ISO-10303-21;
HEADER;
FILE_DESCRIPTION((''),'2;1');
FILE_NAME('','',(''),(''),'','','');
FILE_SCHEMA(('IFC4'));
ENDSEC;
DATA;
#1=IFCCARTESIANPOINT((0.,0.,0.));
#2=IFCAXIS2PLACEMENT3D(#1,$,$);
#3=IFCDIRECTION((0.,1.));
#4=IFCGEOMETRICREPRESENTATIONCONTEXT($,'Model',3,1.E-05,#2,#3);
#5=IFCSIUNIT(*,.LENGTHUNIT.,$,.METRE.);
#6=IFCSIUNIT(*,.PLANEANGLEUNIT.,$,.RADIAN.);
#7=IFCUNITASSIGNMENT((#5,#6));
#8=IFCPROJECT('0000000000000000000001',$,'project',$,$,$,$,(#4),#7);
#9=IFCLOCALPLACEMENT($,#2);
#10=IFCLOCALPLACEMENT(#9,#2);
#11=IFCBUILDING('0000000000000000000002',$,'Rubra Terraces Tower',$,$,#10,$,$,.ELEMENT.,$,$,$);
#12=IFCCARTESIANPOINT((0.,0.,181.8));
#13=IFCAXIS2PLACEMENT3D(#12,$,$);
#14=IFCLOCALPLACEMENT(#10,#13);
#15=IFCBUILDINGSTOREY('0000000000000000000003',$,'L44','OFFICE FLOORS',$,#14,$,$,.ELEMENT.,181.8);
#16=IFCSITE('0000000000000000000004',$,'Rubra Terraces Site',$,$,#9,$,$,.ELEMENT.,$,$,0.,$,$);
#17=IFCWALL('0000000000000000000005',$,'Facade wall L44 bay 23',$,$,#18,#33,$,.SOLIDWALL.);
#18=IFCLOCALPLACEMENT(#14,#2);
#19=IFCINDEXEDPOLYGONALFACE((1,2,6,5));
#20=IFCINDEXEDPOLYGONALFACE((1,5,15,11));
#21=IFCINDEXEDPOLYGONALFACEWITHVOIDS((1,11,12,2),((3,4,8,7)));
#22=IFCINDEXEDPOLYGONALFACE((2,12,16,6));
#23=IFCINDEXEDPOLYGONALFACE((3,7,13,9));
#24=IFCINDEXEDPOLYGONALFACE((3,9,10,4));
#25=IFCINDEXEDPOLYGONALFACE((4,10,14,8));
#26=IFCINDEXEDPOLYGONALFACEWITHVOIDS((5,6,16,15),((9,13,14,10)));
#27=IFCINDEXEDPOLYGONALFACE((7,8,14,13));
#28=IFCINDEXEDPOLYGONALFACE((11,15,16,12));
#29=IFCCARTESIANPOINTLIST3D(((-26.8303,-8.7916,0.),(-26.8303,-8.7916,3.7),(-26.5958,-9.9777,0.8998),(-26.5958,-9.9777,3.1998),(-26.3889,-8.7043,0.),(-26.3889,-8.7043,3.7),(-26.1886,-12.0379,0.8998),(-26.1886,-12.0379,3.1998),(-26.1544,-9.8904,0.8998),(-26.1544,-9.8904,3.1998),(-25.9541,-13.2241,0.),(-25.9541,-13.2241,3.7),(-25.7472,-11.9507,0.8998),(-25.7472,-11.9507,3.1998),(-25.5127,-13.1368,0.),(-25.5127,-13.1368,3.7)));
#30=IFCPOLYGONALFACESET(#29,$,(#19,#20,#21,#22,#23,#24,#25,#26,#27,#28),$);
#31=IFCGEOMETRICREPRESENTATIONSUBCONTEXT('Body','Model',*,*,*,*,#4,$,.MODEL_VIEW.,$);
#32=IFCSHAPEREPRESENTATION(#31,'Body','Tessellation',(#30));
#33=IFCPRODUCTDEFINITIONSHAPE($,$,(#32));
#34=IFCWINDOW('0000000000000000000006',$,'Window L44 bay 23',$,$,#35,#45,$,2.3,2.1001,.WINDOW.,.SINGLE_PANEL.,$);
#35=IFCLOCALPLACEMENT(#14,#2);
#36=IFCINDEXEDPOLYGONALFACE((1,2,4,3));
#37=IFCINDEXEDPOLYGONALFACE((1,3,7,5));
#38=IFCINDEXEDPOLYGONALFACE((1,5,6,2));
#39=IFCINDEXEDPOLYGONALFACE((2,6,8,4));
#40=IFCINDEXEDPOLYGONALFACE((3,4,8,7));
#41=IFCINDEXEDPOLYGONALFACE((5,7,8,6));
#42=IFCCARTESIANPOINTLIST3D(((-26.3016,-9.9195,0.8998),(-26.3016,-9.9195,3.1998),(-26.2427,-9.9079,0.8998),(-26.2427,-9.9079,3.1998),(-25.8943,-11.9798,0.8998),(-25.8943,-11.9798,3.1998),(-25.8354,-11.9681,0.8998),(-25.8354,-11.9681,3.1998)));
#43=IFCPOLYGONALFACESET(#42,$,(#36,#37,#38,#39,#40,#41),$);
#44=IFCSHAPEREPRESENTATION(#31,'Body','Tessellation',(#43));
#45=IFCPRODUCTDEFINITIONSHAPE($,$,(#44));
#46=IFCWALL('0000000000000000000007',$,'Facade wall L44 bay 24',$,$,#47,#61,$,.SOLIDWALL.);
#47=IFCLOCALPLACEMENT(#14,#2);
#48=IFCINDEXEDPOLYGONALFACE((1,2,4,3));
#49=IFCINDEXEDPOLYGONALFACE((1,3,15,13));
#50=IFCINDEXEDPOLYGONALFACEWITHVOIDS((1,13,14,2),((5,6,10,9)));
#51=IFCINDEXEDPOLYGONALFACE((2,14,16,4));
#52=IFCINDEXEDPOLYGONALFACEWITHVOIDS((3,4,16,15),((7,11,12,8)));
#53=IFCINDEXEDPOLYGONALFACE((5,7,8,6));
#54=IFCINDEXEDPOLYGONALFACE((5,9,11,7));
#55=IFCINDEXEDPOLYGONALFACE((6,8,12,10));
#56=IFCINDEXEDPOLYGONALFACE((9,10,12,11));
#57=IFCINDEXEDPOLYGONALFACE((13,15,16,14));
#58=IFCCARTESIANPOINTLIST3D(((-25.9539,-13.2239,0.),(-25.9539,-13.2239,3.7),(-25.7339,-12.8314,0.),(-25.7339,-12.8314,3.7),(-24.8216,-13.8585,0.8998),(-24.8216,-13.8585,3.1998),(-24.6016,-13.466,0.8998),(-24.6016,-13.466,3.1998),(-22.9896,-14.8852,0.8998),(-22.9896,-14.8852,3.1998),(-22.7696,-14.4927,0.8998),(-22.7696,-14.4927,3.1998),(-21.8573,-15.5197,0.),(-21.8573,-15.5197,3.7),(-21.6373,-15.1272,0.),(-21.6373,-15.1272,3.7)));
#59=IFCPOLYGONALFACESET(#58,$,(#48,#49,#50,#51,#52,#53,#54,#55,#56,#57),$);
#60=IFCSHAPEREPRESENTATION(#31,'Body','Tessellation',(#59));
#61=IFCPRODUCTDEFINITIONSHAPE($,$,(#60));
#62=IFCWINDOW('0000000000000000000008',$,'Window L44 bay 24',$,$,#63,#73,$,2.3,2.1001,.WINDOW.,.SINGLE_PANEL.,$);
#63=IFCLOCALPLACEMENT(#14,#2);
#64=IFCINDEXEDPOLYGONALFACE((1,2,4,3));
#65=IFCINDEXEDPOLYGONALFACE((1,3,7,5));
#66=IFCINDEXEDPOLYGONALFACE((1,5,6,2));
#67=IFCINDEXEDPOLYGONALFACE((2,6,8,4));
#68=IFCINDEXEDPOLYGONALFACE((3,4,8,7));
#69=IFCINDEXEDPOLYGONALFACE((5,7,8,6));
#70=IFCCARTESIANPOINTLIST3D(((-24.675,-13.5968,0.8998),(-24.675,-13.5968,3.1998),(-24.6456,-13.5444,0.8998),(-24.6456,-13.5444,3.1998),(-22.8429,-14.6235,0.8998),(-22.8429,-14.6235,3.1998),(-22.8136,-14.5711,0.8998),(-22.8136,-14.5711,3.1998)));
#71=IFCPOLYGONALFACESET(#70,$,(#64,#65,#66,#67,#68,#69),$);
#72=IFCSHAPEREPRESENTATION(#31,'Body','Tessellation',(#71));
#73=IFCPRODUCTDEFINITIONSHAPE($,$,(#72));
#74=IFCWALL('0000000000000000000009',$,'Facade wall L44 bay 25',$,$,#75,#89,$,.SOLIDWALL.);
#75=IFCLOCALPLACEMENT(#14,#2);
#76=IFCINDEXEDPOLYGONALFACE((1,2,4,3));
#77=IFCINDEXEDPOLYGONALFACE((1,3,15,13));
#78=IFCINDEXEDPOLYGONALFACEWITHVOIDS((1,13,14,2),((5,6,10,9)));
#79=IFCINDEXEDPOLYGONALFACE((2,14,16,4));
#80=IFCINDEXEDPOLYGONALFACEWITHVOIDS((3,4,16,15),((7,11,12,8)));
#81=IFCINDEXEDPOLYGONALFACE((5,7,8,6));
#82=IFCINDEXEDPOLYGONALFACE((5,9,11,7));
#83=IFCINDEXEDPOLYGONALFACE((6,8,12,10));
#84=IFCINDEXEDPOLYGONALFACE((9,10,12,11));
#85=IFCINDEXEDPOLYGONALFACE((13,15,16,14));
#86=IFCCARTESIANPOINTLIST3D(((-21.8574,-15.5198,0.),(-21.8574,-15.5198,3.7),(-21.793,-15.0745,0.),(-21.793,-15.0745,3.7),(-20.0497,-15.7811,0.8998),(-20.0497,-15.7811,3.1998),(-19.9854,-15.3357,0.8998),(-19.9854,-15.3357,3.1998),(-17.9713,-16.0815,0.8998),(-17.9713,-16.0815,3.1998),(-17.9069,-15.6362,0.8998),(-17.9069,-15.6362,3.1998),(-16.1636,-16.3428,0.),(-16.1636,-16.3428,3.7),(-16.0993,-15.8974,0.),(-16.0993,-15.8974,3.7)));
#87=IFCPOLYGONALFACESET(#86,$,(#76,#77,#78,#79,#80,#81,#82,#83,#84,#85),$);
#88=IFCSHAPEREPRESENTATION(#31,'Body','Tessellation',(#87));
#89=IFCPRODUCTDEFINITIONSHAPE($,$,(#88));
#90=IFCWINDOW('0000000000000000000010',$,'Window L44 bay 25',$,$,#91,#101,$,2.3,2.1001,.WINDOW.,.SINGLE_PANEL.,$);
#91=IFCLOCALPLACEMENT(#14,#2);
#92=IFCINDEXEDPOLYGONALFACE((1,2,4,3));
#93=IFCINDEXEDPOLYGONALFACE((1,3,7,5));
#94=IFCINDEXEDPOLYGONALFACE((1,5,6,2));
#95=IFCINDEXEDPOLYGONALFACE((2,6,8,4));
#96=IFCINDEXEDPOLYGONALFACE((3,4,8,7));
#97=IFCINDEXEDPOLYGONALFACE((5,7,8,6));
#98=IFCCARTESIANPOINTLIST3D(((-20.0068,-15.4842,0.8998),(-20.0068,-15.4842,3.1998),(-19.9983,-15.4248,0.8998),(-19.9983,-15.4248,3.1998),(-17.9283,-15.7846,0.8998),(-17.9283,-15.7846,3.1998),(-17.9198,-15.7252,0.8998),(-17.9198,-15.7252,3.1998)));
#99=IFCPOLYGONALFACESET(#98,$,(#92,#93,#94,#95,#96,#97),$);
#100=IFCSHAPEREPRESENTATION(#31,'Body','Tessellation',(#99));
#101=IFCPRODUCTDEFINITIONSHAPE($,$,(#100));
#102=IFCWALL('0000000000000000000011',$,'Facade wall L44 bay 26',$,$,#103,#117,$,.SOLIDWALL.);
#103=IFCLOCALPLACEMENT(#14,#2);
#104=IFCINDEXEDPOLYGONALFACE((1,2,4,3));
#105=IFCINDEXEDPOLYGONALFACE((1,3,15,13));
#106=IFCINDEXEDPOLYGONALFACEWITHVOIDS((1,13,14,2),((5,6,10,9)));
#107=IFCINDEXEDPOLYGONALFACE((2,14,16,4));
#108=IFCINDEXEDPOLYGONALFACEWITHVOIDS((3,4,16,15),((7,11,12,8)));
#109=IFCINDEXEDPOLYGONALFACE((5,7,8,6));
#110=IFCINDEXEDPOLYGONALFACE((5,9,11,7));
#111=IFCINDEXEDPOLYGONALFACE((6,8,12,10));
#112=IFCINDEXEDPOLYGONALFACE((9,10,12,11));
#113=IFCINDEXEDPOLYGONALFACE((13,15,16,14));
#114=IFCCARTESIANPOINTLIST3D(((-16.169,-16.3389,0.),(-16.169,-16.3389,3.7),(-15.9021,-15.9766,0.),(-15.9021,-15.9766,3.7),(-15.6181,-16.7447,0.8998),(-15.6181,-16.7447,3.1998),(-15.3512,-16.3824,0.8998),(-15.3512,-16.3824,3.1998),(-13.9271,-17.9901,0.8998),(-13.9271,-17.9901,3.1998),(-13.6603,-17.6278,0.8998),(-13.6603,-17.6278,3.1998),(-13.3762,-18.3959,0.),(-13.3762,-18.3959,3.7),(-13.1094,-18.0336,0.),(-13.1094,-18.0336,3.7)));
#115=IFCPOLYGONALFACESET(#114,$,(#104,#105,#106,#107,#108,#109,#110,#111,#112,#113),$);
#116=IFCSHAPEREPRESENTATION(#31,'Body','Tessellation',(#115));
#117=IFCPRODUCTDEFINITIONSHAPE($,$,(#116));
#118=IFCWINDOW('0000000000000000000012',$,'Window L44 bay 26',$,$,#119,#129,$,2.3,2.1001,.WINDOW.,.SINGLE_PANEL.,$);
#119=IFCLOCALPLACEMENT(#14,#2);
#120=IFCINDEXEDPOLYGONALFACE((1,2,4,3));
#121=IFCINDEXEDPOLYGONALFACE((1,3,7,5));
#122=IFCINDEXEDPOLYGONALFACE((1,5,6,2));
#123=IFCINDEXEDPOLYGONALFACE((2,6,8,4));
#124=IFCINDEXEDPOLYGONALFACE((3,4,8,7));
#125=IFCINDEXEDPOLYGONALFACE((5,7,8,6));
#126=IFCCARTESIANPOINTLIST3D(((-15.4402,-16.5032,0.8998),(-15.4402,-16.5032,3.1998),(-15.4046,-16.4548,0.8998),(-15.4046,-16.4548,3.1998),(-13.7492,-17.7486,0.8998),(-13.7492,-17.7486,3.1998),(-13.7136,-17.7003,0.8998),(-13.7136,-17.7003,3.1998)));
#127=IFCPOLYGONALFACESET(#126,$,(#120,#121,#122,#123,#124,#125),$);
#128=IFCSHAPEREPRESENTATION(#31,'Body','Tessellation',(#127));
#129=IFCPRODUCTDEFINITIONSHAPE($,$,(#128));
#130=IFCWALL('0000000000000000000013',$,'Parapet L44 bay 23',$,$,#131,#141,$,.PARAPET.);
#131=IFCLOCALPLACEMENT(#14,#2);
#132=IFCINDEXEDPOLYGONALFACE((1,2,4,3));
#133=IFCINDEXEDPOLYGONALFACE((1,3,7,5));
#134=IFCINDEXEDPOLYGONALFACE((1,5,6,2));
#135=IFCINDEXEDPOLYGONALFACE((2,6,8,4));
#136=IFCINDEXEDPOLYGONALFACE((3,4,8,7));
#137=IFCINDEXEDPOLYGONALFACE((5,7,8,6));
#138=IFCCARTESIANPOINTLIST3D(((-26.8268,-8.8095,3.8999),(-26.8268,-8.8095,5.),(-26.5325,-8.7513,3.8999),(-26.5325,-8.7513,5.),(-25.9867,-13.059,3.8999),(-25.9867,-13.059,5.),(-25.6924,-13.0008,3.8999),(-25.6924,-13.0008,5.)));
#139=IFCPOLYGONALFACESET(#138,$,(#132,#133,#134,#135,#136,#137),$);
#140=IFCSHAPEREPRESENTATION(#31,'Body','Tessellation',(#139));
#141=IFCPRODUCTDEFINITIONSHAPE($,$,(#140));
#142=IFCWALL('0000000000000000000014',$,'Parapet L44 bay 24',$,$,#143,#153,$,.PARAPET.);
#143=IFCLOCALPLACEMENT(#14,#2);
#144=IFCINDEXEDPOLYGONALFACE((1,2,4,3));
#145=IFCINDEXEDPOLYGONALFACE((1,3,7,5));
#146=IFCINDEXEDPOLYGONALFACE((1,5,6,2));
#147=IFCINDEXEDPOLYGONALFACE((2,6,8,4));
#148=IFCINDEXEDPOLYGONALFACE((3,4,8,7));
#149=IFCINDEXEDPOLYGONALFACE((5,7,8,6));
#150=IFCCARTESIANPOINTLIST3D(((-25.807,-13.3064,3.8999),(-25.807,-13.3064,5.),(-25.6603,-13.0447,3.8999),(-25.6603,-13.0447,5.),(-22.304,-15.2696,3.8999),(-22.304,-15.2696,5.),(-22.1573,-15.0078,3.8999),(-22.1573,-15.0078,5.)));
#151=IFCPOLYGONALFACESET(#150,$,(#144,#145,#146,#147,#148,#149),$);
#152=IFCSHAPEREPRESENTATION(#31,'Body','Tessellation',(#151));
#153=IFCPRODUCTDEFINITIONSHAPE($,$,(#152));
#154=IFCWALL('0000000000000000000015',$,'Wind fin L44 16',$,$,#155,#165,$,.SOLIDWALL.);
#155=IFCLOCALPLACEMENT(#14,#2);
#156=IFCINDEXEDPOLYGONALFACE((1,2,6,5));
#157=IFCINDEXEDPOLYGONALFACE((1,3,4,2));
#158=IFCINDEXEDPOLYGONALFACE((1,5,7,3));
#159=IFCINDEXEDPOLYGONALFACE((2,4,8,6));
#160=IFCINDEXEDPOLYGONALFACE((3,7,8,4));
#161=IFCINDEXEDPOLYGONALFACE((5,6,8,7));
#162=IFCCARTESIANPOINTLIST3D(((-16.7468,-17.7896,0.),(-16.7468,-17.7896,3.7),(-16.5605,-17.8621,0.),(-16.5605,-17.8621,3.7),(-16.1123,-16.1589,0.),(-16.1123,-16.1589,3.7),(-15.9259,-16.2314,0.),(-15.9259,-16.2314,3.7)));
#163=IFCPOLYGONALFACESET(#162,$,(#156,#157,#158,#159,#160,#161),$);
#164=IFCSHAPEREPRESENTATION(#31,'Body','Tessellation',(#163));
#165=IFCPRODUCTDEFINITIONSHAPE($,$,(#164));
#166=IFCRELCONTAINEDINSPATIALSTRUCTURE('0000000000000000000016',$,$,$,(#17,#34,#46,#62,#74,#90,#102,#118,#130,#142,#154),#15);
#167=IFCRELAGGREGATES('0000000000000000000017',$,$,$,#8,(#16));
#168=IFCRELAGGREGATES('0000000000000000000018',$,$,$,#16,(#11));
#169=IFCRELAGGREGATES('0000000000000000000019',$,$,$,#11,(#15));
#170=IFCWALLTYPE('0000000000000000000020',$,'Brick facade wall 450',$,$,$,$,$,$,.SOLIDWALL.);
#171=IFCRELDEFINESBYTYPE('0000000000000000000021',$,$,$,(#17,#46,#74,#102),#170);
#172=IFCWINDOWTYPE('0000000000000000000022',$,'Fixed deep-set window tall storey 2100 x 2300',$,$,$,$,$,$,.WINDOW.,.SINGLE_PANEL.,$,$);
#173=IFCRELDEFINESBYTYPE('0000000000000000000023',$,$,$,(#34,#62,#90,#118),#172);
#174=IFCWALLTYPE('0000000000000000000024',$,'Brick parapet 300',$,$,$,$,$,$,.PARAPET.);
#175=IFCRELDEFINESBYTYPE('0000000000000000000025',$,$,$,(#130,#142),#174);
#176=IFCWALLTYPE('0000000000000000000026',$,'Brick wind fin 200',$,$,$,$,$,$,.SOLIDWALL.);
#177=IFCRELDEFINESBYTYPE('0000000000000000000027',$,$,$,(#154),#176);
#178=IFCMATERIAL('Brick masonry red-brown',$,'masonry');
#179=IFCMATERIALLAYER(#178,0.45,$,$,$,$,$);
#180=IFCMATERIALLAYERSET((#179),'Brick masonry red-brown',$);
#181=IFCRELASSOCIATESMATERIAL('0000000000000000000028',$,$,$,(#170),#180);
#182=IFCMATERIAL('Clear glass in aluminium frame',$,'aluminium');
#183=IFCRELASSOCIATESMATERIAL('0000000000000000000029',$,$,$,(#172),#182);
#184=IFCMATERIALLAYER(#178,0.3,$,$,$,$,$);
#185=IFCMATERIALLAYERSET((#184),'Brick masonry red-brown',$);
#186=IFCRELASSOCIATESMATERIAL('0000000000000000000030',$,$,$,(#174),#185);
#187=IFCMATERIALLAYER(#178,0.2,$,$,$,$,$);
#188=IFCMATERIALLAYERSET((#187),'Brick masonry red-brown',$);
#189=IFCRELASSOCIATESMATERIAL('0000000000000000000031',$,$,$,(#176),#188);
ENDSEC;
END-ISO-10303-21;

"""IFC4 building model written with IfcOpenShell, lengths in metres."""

from ifc_helpers import new_model, si_unit, direction, frame, frame_2d, origin, place, context, subcontext, project, spatial, rectangle, extrude, material, layer, layer_set, type_object, element, fill, save


model = new_model("IFC4")

# Units and contexts
model_context = context("Model", 3, precision=1e-05, world=origin(), true_north=direction((0.0, 1.0)))
body_context = subcontext(model_context, "Body", "Model", "MODEL_VIEW")
ifc_project = project(units=[si_unit("LENGTHUNIT", "METRE"), si_unit("PLANEANGLEUNIT", "RADIAN")], contexts=[model_context])

# Site, building, storey
site_placement = place(None, origin())
site = spatial("IfcSite", under=ifc_project, at=site_placement, Name="Rubra Terraces Site", CompositionType="ELEMENT", RefElevation=0.0)
building_placement = place(site_placement, origin())
building = spatial("IfcBuilding", under=site, at=building_placement, Name="Rubra Terraces Tower", CompositionType="ELEMENT")
storey_placement = place(building_placement, frame((0.0, 0.0, 181.8)))
storey = spatial("IfcBuildingStorey", under=building, at=storey_placement, Name="L44", Description="OFFICE FLOORS", CompositionType="ELEMENT", Elevation=181.8)

# Walls, openings, windows
ifc_material_1 = material(Name="Brick masonry red-brown", Category="masonry")
ifc_layer_1 = layer(ifc_material_1, 0.45)
ifc_layer_set_1 = layer_set([ifc_layer_1], Name="Brick masonry red-brown")
wall_type_1 = type_object("IfcWallType", Name="Brick facade wall 450", PredefinedType="SOLIDWALL", material=ifc_layer_set_1)
wall_1_placement = place(storey_placement, frame((-26.6096, -8.7478, 0.0), z_axis=(0.0, 0.0, 1.0), x_axis=(0.193923, -0.981017, 0.0)))
wall_1 = element("IfcWall", 1, at=wall_1_placement, inside=storey, type_object=wall_type_1, Name="Facade wall L44 bay 23", PredefinedType="SOLIDWALL", context=body_context, shape_type="SweptSolid", body=[
    extrude(rectangle(XDim=4.5183, YDim=0.45, at=frame_2d((2.2593, 0.0))), origin(), (0.0, 0.0, 1.0), 3.7),
])
opening_1_placement = place(wall_1_placement, frame((1.2092, 0.0, 0.8999)))
opening_1 = element("IfcOpeningElement", 2, at=opening_1_placement, cuts=wall_1, PredefinedType="OPENING", context=body_context, shape_type="SweptSolid", body=[
    extrude(rectangle(XDim=2.1001, YDim=2.3, at=frame_2d((1.05, 1.1499))), frame((0.0, 0.2349, 0.0), z_axis=(0.0, -1.0, 0.0), x_axis=(1.0, 0.0, 0.0)), (0.0, 0.0, 1.0), 0.47),
])
ifc_material_2 = material(Name="Clear glass in aluminium frame", Category="aluminium")
window_type = type_object("IfcWindowType", Name="Fixed deep-set window tall storey 2100 x 2300", PartitioningType="SINGLE_PANEL", PredefinedType="WINDOW", material=ifc_material_2)
window_1_placement = place(opening_1_placement, origin())
window_1 = element("IfcWindow", 3, at=window_1_placement, inside=storey, type_object=window_type, Name="Window L44 bay 23", OverallHeight=2.3, OverallWidth=2.1001, PartitioningType="SINGLE_PANEL", PredefinedType="WINDOW", context=body_context, shape_type="SweptSolid", body=[
    extrude(rectangle(XDim=2.1001, YDim=2.3, at=frame_2d((1.05, 1.1499))), frame((0.0, 0.135, 0.0), z_axis=(0.0, -1.0, 0.0), x_axis=(1.0, 0.0, 0.0)), (0.0, 0.0, 1.0), 0.0601),
])
fill(opening_1, window_1)
wall_2_placement = place(storey_placement, frame((-25.844, -13.0276, 0.0), z_axis=(0.0, 0.0, 1.0), x_axis=(0.872346, -0.488888, 0.0)))
wall_2 = element("IfcWall", 4, at=wall_2_placement, inside=storey, type_object=wall_type_1, Name="Facade wall L44 bay 24", PredefinedType="SOLIDWALL", context=body_context, shape_type="SweptSolid", body=[
    extrude(rectangle(XDim=4.696, YDim=0.45, at=frame_2d((2.3481, 0.0))), origin(), (0.0, 0.0, 1.0), 3.7),
])
opening_2_placement = place(wall_2_placement, frame((1.2981, 0.0, 0.8999)))
opening_2 = element("IfcOpeningElement", 5, at=opening_2_placement, cuts=wall_2, PredefinedType="OPENING", context=body_context, shape_type="SweptSolid", body=[
    extrude(rectangle(XDim=2.1001, YDim=2.3, at=frame_2d((1.05, 1.1499))), frame((0.0, 0.2349, 0.0), z_axis=(0.0, -1.0, 0.0), x_axis=(1.0, 0.0, 0.0)), (0.0, 0.0, 1.0), 0.47),
])
window_2_placement = place(opening_2_placement, origin())
window_2 = element("IfcWindow", 6, at=window_2_placement, inside=storey, type_object=window_type, Name="Window L44 bay 24", OverallHeight=2.3, OverallWidth=2.1001, PartitioningType="SINGLE_PANEL", PredefinedType="WINDOW", context=body_context, shape_type="SweptSolid", body=[
    extrude(rectangle(XDim=2.1001, YDim=2.3, at=frame_2d((1.05, 1.1499))), frame((0.0, 0.135, 0.0), z_axis=(0.0, -1.0, 0.0), x_axis=(1.0, 0.0, 0.0)), (0.0, 0.0, 1.0), 0.0601),
])
fill(opening_2, window_2)
wall_3_placement = place(storey_placement, frame((-21.8252, -15.2971, 0.0), z_axis=(0.0, 0.0, 1.0), x_axis=(0.989715, -0.143055, 0.0)))
wall_3 = element("IfcWall", 7, at=wall_3_placement, inside=storey, type_object=wall_type_1, Name="Facade wall L44 bay 25", PredefinedType="SOLIDWALL", context=body_context, shape_type="SweptSolid", body=[
    extrude(rectangle(XDim=5.7529, YDim=0.45, at=frame_2d((2.8765, 0.0))), origin(), (0.0, 0.0, 1.0), 3.7),
])
opening_3_placement = place(wall_3_placement, frame((1.8264, 0.0, 0.8999)))
opening_3 = element("IfcOpeningElement", 8, at=opening_3_placement, cuts=wall_3, PredefinedType="OPENING", context=body_context, shape_type="SweptSolid", body=[
    extrude(rectangle(XDim=2.1001, YDim=2.3, at=frame_2d((1.05, 1.1499))), frame((0.0, 0.2349, 0.0), z_axis=(0.0, -1.0, 0.0), x_axis=(1.0, 0.0, 0.0)), (0.0, 0.0, 1.0), 0.47),
])
window_3_placement = place(opening_3_placement, origin())
window_3 = element("IfcWindow", 9, at=window_3_placement, inside=storey, type_object=window_type, Name="Window L44 bay 25", OverallHeight=2.3, OverallWidth=2.1001, PartitioningType="SINGLE_PANEL", PredefinedType="WINDOW", context=body_context, shape_type="SweptSolid", body=[
    extrude(rectangle(XDim=2.1001, YDim=2.3, at=frame_2d((1.05, 1.1499))), frame((0.0, 0.135, 0.0), z_axis=(0.0, -1.0, 0.0), x_axis=(1.0, 0.0, 0.0)), (0.0, 0.0, 1.0), 0.0601),
])
fill(opening_3, window_3)
wall_4_placement = place(storey_placement, frame((-16.0356, -16.1577, 0.0), z_axis=(0.0, 0.0, 1.0), x_axis=(0.805181, -0.593029, 0.0)))
wall_4 = element("IfcWall", 10, at=wall_4_placement, inside=storey, type_object=wall_type_1, Name="Facade wall L44 bay 26", PredefinedType="SOLIDWALL", context=body_context, shape_type="SweptSolid", body=[
    extrude(rectangle(XDim=3.4685, YDim=0.45, at=frame_2d((1.7344, 0.0))), origin(), (0.0, 0.0, 1.0), 3.7),
])
opening_4_placement = place(wall_4_placement, frame((0.6843, 0.0, 0.8999)))
opening_4 = element("IfcOpeningElement", 11, at=opening_4_placement, cuts=wall_4, PredefinedType="OPENING", context=body_context, shape_type="SweptSolid", body=[
    extrude(rectangle(XDim=2.1001, YDim=2.3, at=frame_2d((1.05, 1.1499))), frame((0.0, 0.2349, 0.0), z_axis=(0.0, -1.0, 0.0), x_axis=(1.0, 0.0, 0.0)), (0.0, 0.0, 1.0), 0.47),
])
window_4_placement = place(opening_4_placement, origin())
window_4 = element("IfcWindow", 12, at=window_4_placement, inside=storey, type_object=window_type, Name="Window L44 bay 26", OverallHeight=2.3, OverallWidth=2.1001, PartitioningType="SINGLE_PANEL", PredefinedType="WINDOW", context=body_context, shape_type="SweptSolid", body=[
    extrude(rectangle(XDim=2.1001, YDim=2.3, at=frame_2d((1.05, 1.1499))), frame((0.0, 0.135, 0.0), z_axis=(0.0, -1.0, 0.0), x_axis=(1.0, 0.0, 0.0)), (0.0, 0.0, 1.0), 0.0601),
])
fill(opening_4, window_4)

# Walls
ifc_layer_2 = layer(ifc_material_1, 0.3)
ifc_layer_set_2 = layer_set([ifc_layer_2], Name="Brick masonry red-brown")
wall_type_2 = type_object("IfcWallType", Name="Brick parapet 300", PredefinedType="PARAPET", material=ifc_layer_set_2)
wall_5_placement = place(storey_placement, frame((-26.6797, -8.7803, 3.8999), z_axis=(0.0, 0.0, 1.0), x_axis=(0.193937, -0.981014, 0.0)))
element("IfcWall", 13, at=wall_5_placement, inside=storey, type_object=wall_type_2, Name="Parapet L44 bay 23", PredefinedType="PARAPET", context=body_context, shape_type="SweptSolid", body=[
    extrude(rectangle(XDim=4.3318, YDim=0.3, at=frame_2d((2.166, 0.0))), origin(), (0.0, 0.0, 1.0), 1.1001),
])
wall_6_placement = place(storey_placement, frame((-25.7336, -13.1755, 3.8999), z_axis=(0.0, 0.0, 1.0), x_axis=(0.872347, -0.488887, 0.0)))
element("IfcWall", 14, at=wall_6_placement, inside=storey, type_object=wall_type_2, Name="Parapet L44 bay 24", PredefinedType="PARAPET", context=body_context, shape_type="SweptSolid", body=[
    extrude(rectangle(XDim=4.0156, YDim=0.3, at=frame_2d((2.0078, 0.0))), origin(), (0.0, 0.0, 1.0), 1.1001),
])
ifc_layer_3 = layer(ifc_material_1, 0.2)
ifc_layer_set_3 = layer_set([ifc_layer_3], Name="Brick masonry red-brown")
wall_type_3 = type_object("IfcWallType", Name="Brick wind fin 200", PredefinedType="SOLIDWALL", material=ifc_layer_set_3)
wall_7_placement = place(storey_placement, frame((-16.019, -16.1951, 0.0), z_axis=(0.0, 0.0, 1.0), x_axis=(-0.362642, -0.931929, 0.0)))
element("IfcWall", 15, at=wall_7_placement, inside=storey, type_object=wall_type_3, Name="Wind fin L44 16", PredefinedType="SOLIDWALL", context=body_context, shape_type="SweptSolid", body=[
    extrude(rectangle(XDim=1.7498, YDim=0.2, at=frame_2d((0.875, 0.0))), origin(), (0.0, 0.0, 1.0), 3.7),
])

save(model, "model.ifc")
